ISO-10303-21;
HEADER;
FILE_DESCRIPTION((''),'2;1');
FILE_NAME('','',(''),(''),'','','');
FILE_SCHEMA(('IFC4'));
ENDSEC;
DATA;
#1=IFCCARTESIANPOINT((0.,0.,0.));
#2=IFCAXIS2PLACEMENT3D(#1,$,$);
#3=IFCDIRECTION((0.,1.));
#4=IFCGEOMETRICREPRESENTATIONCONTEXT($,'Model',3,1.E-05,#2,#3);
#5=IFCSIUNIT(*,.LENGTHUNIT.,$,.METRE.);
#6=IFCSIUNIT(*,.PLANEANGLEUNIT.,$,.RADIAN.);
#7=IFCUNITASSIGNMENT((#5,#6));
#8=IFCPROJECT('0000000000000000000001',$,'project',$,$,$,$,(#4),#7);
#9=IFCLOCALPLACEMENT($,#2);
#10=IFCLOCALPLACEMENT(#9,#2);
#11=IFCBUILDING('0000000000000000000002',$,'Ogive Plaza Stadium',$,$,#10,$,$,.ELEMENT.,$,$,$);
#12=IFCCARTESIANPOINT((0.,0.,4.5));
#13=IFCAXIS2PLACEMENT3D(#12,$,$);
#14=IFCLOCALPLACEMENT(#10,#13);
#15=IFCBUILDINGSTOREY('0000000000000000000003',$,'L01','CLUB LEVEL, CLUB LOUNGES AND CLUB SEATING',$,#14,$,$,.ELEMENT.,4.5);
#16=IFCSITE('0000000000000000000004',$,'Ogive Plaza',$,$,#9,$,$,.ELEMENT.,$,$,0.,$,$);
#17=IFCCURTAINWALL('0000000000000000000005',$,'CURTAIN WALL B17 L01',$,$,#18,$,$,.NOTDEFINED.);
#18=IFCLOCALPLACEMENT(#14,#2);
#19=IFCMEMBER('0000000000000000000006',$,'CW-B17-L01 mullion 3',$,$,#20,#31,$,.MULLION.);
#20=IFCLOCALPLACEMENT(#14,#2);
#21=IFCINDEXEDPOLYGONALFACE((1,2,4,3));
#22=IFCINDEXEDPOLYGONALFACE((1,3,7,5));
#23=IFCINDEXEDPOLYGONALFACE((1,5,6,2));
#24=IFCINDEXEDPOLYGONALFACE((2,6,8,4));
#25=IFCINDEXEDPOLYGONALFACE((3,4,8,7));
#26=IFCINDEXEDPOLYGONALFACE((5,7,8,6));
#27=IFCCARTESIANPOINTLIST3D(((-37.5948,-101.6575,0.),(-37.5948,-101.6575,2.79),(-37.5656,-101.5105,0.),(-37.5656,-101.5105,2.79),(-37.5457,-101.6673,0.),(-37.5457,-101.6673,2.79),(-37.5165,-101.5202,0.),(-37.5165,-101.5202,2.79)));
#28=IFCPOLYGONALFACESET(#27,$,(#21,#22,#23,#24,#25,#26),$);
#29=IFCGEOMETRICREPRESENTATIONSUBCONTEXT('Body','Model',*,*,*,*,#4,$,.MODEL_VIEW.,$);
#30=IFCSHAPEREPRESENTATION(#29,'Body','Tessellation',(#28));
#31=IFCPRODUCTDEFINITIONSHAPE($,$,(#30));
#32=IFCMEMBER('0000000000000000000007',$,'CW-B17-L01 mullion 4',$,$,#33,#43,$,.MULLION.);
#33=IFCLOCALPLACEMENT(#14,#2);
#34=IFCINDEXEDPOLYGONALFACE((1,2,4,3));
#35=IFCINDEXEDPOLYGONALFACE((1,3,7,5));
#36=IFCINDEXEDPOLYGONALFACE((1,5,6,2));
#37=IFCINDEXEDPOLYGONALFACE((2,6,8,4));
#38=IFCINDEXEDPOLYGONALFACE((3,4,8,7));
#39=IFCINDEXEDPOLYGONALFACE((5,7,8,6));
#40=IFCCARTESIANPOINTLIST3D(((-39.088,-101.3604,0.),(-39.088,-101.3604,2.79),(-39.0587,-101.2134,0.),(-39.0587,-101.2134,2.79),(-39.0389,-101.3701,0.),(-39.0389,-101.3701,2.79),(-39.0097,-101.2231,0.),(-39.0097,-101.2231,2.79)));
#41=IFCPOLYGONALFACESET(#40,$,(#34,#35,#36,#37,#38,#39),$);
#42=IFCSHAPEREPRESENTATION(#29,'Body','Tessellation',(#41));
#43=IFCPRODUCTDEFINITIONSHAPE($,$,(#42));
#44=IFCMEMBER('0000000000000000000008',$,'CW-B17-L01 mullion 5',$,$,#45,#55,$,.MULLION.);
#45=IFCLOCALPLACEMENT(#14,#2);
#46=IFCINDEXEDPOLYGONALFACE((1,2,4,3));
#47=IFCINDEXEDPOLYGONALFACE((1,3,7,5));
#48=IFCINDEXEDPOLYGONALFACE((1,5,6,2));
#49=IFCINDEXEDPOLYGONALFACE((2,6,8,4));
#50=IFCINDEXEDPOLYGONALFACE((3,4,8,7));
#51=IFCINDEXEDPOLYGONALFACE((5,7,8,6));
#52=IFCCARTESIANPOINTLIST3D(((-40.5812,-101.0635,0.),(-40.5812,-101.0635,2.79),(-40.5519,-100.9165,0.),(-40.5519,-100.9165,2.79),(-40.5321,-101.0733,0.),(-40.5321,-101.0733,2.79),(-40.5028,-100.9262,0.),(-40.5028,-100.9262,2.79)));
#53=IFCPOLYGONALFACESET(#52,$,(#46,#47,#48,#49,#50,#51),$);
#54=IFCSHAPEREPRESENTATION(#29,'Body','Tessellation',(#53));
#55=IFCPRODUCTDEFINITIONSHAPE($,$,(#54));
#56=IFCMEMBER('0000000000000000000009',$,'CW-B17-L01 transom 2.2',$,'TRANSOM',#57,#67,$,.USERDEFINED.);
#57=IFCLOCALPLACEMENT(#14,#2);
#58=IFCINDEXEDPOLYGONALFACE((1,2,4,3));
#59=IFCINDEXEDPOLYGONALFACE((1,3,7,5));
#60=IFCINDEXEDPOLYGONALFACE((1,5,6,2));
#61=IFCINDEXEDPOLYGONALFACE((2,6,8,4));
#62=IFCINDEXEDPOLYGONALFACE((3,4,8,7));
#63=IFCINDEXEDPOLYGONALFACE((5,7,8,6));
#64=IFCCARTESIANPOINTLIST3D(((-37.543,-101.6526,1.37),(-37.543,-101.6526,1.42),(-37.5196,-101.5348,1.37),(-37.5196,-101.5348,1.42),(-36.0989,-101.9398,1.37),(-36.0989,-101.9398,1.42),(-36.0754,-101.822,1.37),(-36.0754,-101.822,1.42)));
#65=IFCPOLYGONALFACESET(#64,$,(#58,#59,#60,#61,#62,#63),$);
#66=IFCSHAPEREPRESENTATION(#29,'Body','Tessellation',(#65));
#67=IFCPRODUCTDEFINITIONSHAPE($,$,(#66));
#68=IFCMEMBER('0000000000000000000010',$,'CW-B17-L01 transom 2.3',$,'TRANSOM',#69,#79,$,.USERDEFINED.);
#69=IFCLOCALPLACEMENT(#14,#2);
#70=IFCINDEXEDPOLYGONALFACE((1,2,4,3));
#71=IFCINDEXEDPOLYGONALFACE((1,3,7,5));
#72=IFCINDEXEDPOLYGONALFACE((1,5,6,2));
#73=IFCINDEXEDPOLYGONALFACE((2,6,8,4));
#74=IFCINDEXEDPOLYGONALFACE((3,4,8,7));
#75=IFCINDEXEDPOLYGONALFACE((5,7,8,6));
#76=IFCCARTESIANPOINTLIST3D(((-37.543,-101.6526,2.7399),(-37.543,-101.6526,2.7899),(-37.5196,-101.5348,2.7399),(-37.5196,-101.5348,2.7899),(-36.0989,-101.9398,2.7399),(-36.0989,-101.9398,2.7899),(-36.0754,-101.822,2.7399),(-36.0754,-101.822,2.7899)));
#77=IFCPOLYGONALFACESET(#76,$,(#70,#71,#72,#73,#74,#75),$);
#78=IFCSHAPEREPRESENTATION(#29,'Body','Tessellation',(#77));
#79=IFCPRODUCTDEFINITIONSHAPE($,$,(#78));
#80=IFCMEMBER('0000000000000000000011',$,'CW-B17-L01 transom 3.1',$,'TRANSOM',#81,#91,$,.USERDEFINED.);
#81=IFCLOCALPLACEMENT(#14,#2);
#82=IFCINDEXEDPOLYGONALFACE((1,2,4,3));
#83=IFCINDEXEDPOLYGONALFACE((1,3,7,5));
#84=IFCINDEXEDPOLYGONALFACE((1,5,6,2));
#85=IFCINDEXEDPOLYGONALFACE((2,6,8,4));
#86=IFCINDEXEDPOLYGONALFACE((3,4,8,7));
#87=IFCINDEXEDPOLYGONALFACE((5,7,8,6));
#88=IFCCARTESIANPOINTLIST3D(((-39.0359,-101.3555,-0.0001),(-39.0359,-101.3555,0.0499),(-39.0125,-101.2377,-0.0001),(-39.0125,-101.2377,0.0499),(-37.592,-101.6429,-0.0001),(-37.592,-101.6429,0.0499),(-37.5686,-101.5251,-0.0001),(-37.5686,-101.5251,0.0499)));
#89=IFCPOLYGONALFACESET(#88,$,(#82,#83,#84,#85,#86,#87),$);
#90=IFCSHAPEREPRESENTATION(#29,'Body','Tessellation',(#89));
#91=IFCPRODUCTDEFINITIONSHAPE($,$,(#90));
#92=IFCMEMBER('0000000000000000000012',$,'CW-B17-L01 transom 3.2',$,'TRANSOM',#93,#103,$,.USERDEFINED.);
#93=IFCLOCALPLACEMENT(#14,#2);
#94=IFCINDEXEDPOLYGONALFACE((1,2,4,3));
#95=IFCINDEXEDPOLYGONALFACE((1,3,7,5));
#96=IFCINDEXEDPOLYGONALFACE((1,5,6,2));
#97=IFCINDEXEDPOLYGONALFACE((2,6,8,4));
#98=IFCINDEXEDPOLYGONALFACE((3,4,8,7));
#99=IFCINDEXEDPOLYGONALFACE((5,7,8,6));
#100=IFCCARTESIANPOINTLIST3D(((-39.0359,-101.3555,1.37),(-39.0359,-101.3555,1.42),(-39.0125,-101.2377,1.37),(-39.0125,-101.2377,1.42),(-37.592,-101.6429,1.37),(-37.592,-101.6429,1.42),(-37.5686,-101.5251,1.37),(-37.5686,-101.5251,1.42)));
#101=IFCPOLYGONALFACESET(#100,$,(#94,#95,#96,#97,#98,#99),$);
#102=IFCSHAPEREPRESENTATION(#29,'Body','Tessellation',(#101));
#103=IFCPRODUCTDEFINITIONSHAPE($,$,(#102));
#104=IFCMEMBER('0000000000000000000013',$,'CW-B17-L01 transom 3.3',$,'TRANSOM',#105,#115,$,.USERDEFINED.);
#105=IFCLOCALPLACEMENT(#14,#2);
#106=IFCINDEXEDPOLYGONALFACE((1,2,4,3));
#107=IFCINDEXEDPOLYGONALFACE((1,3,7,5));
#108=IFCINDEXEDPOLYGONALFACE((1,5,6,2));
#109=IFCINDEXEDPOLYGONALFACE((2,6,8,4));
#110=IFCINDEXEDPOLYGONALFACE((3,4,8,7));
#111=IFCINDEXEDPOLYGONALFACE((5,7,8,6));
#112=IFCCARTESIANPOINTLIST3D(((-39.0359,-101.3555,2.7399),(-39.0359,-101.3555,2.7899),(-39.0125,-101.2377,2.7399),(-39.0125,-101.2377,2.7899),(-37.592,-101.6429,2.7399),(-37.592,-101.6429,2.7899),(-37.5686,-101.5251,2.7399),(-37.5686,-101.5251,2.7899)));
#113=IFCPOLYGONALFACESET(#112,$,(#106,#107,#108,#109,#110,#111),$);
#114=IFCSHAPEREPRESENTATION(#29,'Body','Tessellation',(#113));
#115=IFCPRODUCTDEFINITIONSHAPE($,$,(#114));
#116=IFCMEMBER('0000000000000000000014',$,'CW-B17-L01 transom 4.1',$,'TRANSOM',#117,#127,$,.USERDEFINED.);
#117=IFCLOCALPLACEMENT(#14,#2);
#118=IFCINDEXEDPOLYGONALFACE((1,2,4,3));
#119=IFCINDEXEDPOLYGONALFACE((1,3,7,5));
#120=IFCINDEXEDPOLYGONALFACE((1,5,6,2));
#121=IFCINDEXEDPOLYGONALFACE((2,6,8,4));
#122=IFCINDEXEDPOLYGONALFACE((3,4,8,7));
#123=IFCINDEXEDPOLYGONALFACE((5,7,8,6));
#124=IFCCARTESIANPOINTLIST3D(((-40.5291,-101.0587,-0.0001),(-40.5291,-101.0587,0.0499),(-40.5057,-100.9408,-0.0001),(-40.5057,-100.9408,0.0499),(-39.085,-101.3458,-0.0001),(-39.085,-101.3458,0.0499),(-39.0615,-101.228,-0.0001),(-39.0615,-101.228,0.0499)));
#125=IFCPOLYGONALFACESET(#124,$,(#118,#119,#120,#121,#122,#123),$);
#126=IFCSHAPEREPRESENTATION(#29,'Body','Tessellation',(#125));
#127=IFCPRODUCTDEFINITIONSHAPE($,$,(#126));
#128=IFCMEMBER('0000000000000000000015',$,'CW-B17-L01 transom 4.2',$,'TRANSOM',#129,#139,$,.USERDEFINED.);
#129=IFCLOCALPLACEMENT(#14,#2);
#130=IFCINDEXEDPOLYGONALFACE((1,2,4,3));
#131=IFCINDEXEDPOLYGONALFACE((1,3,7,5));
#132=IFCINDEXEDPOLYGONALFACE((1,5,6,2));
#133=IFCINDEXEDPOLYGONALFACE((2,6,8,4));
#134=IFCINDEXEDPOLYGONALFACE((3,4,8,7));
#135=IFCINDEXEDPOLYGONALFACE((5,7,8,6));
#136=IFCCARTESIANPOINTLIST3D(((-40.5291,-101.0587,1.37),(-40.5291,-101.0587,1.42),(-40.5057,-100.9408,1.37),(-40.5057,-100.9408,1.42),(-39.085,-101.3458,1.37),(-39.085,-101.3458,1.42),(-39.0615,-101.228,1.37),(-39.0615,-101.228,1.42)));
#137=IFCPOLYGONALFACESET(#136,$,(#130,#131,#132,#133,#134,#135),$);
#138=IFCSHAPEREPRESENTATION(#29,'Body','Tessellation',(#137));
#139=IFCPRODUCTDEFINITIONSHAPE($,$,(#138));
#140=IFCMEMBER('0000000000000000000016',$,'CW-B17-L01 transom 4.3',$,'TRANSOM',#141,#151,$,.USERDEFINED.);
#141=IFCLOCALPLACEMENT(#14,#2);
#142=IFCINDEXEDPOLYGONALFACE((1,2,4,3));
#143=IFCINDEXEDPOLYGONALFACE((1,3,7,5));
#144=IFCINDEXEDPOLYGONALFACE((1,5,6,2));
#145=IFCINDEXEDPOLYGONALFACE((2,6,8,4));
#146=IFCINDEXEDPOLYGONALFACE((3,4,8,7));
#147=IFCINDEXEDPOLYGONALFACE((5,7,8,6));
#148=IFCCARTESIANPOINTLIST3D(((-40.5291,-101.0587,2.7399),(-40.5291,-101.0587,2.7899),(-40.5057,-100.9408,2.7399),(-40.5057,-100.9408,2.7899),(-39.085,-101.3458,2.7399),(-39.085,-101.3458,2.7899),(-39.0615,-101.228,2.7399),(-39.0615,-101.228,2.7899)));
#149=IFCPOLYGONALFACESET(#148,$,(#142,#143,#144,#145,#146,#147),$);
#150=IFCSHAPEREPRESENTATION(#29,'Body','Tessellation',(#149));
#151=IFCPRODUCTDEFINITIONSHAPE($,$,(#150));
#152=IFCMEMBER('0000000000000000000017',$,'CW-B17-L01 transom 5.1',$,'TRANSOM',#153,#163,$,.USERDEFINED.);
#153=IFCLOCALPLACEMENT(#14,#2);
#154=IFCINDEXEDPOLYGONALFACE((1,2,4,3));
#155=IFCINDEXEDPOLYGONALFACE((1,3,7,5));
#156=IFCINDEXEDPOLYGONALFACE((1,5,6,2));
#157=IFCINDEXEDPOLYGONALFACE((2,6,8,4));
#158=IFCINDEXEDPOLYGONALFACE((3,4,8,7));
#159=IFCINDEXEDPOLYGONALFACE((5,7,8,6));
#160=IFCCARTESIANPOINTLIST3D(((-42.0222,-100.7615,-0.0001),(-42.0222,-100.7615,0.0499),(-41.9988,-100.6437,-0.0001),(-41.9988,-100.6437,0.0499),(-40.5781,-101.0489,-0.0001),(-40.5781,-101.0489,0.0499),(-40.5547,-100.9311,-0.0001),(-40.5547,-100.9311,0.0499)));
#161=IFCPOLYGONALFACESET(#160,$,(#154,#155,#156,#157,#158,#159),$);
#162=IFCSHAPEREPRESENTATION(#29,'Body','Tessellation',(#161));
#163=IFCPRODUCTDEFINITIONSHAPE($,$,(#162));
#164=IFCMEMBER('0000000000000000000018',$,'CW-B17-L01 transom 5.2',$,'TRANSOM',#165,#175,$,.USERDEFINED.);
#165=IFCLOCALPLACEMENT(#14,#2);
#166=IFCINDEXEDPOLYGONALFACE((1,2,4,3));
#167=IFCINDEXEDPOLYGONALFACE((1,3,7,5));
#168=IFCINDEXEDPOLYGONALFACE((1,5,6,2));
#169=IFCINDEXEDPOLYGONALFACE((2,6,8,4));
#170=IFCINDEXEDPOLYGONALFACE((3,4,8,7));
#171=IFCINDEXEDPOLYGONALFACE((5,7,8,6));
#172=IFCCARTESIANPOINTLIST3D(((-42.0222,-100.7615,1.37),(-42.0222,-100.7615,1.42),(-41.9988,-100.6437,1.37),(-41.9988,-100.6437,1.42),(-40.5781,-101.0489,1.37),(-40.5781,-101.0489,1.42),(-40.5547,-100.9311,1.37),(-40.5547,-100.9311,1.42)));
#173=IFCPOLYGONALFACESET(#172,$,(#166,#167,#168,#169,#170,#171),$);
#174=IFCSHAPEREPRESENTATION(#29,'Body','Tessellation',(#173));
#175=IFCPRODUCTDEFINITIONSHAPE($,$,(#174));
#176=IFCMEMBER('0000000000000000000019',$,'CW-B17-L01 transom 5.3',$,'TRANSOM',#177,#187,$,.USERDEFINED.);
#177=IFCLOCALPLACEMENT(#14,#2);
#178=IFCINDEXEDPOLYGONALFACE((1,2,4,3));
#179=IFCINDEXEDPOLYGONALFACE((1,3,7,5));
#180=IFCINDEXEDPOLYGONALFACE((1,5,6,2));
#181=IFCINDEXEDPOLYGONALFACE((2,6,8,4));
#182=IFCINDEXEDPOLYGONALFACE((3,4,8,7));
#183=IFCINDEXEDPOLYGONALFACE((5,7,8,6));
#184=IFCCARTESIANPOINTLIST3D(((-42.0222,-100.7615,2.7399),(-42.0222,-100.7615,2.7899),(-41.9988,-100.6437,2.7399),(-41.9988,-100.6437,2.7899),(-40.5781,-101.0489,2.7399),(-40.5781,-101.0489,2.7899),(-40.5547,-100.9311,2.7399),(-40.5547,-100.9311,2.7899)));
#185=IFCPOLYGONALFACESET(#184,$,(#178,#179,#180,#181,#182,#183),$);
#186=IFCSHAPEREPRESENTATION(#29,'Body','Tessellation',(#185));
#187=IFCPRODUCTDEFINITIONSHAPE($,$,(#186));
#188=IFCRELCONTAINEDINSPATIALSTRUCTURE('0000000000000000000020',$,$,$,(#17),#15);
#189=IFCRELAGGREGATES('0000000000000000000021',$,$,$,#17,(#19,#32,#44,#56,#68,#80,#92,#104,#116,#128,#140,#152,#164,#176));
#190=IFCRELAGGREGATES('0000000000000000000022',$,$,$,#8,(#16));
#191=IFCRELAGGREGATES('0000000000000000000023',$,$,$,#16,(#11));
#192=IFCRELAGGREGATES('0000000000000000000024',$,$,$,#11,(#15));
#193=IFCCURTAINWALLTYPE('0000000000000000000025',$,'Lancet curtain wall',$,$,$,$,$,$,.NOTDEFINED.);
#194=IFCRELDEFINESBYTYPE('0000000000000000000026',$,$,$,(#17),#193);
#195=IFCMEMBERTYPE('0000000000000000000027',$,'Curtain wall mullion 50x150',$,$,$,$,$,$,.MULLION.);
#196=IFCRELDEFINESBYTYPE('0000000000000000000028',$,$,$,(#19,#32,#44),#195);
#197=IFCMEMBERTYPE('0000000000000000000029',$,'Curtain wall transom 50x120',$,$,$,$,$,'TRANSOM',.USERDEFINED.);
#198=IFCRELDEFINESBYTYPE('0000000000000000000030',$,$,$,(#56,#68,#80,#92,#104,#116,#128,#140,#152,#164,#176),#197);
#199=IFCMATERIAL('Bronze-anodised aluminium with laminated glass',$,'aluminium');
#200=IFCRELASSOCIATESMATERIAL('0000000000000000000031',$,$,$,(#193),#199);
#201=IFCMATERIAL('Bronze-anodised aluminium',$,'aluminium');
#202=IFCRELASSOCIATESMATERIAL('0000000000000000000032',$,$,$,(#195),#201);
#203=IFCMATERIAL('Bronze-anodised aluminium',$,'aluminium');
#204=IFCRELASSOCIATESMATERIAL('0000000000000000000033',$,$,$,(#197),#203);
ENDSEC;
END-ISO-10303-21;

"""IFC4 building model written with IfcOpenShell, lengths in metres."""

from ifc_helpers import new_model, si_unit, direction, frame, origin, origin_2d, place, context, subcontext, project, spatial, rectangle, extrude, material, material_profile, profile_set, type_object, element, aggregate, save


model = new_model("IFC4")

# Units and contexts
model_context = context("Model", 3, precision=1e-05, world=origin(), true_north=direction((0.0, 1.0)))
body_context = subcontext(model_context, "Body", "Model", "MODEL_VIEW")
ifc_project = project(units=[si_unit("LENGTHUNIT", "METRE"), si_unit("PLANEANGLEUNIT", "RADIAN")], contexts=[model_context])

# Site, building, storey
site_placement = place(None, origin())
site = spatial("IfcSite", under=ifc_project, at=site_placement, Name="Ogive Plaza", CompositionType="ELEMENT", RefElevation=0.0)
building_placement = place(site_placement, origin())
building = spatial("IfcBuilding", under=site, at=building_placement, Name="Ogive Plaza Stadium", CompositionType="ELEMENT")
storey_placement = place(building_placement, frame((0.0, 0.0, 4.5)))
storey = spatial("IfcBuildingStorey", under=building, at=storey_placement, Name="L01", Description="CLUB LEVEL, CLUB LOUNGES AND CLUB SEATING", CompositionType="ELEMENT", Elevation=4.5)

# Curtain wall, members
ifc_material_1 = material(Name="Bronze-anodised aluminium with laminated glass", Category="aluminium")
curtain_wall_type = type_object("IfcCurtainWallType", Name="Lancet curtain wall", PredefinedType="NOTDEFINED", material=ifc_material_1)
curtain_wall_placement = place(storey_placement, origin())
curtain_wall = element("IfcCurtainWall", 1, at=curtain_wall_placement, inside=storey, type_object=curtain_wall_type, Name="CURTAIN WALL B17 L01", PredefinedType="NOTDEFINED")
ifc_material_2 = material(Name="Bronze-anodised aluminium", Category="aluminium")
ifc_material_profile_1 = material_profile(ifc_material_2, rectangle(XDim=0.1499, YDim=0.05, at=origin_2d()), Name="AL 150x50")
ifc_profile_set_1 = profile_set([ifc_material_profile_1], Name="Bronze-anodised aluminium")
member_type_1 = type_object("IfcMemberType", Name="Curtain wall mullion 50x150", PredefinedType="MULLION", material=ifc_profile_set_1)
member_1_placement = place(storey_placement, frame((-37.5557, -101.5889, 0.0), z_axis=(0.0, 0.0, 1.0), x_axis=(-0.19509, -0.980785, 0.0)))
member_1 = element("IfcMember", 2, at=member_1_placement, type_object=member_type_1, Name="CW-B17-L01 mullion 3", PredefinedType="MULLION", context=body_context, shape_type="SweptSolid", body=[
    extrude(rectangle(XDim=0.1499, YDim=0.05, at=origin_2d()), origin(), (0.0, 0.0, 1.0), 2.79),
])
member_2_placement = place(storey_placement, frame((-39.0488, -101.2917, 0.0), z_axis=(0.0, 0.0, 1.0), x_axis=(-0.19509, -0.980785, 0.0)))
member_2 = element("IfcMember", 3, at=member_2_placement, type_object=member_type_1, Name="CW-B17-L01 mullion 4", PredefinedType="MULLION", context=body_context, shape_type="SweptSolid", body=[
    extrude(rectangle(XDim=0.1499, YDim=0.05, at=origin_2d()), origin(), (0.0, 0.0, 1.0), 2.79),
])
member_3_placement = place(storey_placement, frame((-40.542, -100.9949, 0.0), z_axis=(0.0, 0.0, 1.0), x_axis=(-0.19509, -0.980785, 0.0)))
member_3 = element("IfcMember", 4, at=member_3_placement, type_object=member_type_1, Name="CW-B17-L01 mullion 5", PredefinedType="MULLION", context=body_context, shape_type="SweptSolid", body=[
    extrude(rectangle(XDim=0.1499, YDim=0.05, at=origin_2d()), origin(), (0.0, 0.0, 1.0), 2.79),
])
ifc_material_3 = material(Name="Bronze-anodised aluminium", Category="aluminium")
ifc_material_profile_2 = material_profile(ifc_material_3, rectangle(XDim=0.1201, YDim=0.05, at=origin_2d()), Name="AL 120x50")
ifc_profile_set_2 = profile_set([ifc_material_profile_2], Name="Bronze-anodised aluminium")
member_type_2 = type_object("IfcMemberType", Name="Curtain wall transom 50x120", ElementType="TRANSOM", PredefinedType="USERDEFINED", material=ifc_profile_set_2)
member_4_placement = place(storey_placement, frame((-36.0872, -101.8809, 1.395), z_axis=(-0.980803, 0.195, 0.0), x_axis=(-0.195, -0.980803, 0.0)))
member_4 = element("IfcMember", 5, at=member_4_placement, type_object=member_type_2, Name="CW-B17-L01 transom 2.2", ObjectType="TRANSOM", PredefinedType="USERDEFINED", context=body_context, shape_type="SweptSolid", body=[
    extrude(rectangle(XDim=0.1201, YDim=0.05, at=origin_2d()), origin(), (0.0, 0.0, 1.0), 1.4724),
])
member_5_placement = place(storey_placement, frame((-36.0872, -101.8809, 2.7649), z_axis=(-0.980803, 0.195, 0.0), x_axis=(-0.195, -0.980803, 0.0)))
member_5 = element("IfcMember", 6, at=member_5_placement, type_object=member_type_2, Name="CW-B17-L01 transom 2.3", ObjectType="TRANSOM", PredefinedType="USERDEFINED", context=body_context, shape_type="SweptSolid", body=[
    extrude(rectangle(XDim=0.1201, YDim=0.05, at=origin_2d()), origin(), (0.0, 0.0, 1.0), 1.4724),
])
member_6_placement = place(storey_placement, frame((-37.5803, -101.584, 0.0249), z_axis=(-0.980765, 0.195191, 0.0), x_axis=(-0.195191, -0.980765, 0.0)))
member_6 = element("IfcMember", 7, at=member_6_placement, type_object=member_type_2, Name="CW-B17-L01 transom 3.1", ObjectType="TRANSOM", PredefinedType="USERDEFINED", context=body_context, shape_type="SweptSolid", body=[
    extrude(rectangle(XDim=0.1201, YDim=0.05, at=origin_2d()), origin(), (0.0, 0.0, 1.0), 1.4722),
])
member_7_placement = place(storey_placement, frame((-37.5803, -101.584, 1.395), z_axis=(-0.980765, 0.195191, 0.0), x_axis=(-0.195191, -0.980765, 0.0)))
member_7 = element("IfcMember", 8, at=member_7_placement, type_object=member_type_2, Name="CW-B17-L01 transom 3.2", ObjectType="TRANSOM", PredefinedType="USERDEFINED", context=body_context, shape_type="SweptSolid", body=[
    extrude(rectangle(XDim=0.1201, YDim=0.05, at=origin_2d()), origin(), (0.0, 0.0, 1.0), 1.4722),
])
member_8_placement = place(storey_placement, frame((-37.5803, -101.584, 2.7649), z_axis=(-0.980765, 0.195191, 0.0), x_axis=(-0.195191, -0.980765, 0.0)))
member_8 = element("IfcMember", 9, at=member_8_placement, type_object=member_type_2, Name="CW-B17-L01 transom 3.3", ObjectType="TRANSOM", PredefinedType="USERDEFINED", context=body_context, shape_type="SweptSolid", body=[
    extrude(rectangle(XDim=0.1201, YDim=0.05, at=origin_2d()), origin(), (0.0, 0.0, 1.0), 1.4722),
])
member_9_placement = place(storey_placement, frame((-39.0732, -101.2869, 0.0249), z_axis=(-0.980803, 0.195, 0.0), x_axis=(-0.195, -0.980803, 0.0)))
member_9 = element("IfcMember", 10, at=member_9_placement, type_object=member_type_2, Name="CW-B17-L01 transom 4.1", ObjectType="TRANSOM", PredefinedType="USERDEFINED", context=body_context, shape_type="SweptSolid", body=[
    extrude(rectangle(XDim=0.1201, YDim=0.05, at=origin_2d()), origin(), (0.0, 0.0, 1.0), 1.4724),
])
member_10_placement = place(storey_placement, frame((-39.0732, -101.2869, 1.395), z_axis=(-0.980803, 0.195, 0.0), x_axis=(-0.195, -0.980803, 0.0)))
member_10 = element("IfcMember", 11, at=member_10_placement, type_object=member_type_2, Name="CW-B17-L01 transom 4.2", ObjectType="TRANSOM", PredefinedType="USERDEFINED", context=body_context, shape_type="SweptSolid", body=[
    extrude(rectangle(XDim=0.1201, YDim=0.05, at=origin_2d()), origin(), (0.0, 0.0, 1.0), 1.4724),
])
member_11_placement = place(storey_placement, frame((-39.0732, -101.2869, 2.7649), z_axis=(-0.980803, 0.195, 0.0), x_axis=(-0.195, -0.980803, 0.0)))
member_11 = element("IfcMember", 12, at=member_11_placement, type_object=member_type_2, Name="CW-B17-L01 transom 4.3", ObjectType="TRANSOM", PredefinedType="USERDEFINED", context=body_context, shape_type="SweptSolid", body=[
    extrude(rectangle(XDim=0.1201, YDim=0.05, at=origin_2d()), origin(), (0.0, 0.0, 1.0), 1.4724),
])
member_12_placement = place(storey_placement, frame((-40.5664, -100.99, 0.0249), z_axis=(-0.980772, 0.195159, 0.0), x_axis=(-0.195159, -0.980772, 0.0)))
member_12 = element("IfcMember", 13, at=member_12_placement, type_object=member_type_2, Name="CW-B17-L01 transom 5.1", ObjectType="TRANSOM", PredefinedType="USERDEFINED", context=body_context, shape_type="SweptSolid", body=[
    extrude(rectangle(XDim=0.1201, YDim=0.05, at=origin_2d()), origin(), (0.0, 0.0, 1.0), 1.4724),
])
member_13_placement = place(storey_placement, frame((-40.5664, -100.99, 1.395), z_axis=(-0.980772, 0.195159, 0.0), x_axis=(-0.195159, -0.980772, 0.0)))
member_13 = element("IfcMember", 14, at=member_13_placement, type_object=member_type_2, Name="CW-B17-L01 transom 5.2", ObjectType="TRANSOM", PredefinedType="USERDEFINED", context=body_context, shape_type="SweptSolid", body=[
    extrude(rectangle(XDim=0.1201, YDim=0.05, at=origin_2d()), origin(), (0.0, 0.0, 1.0), 1.4724),
])
member_14_placement = place(storey_placement, frame((-40.5664, -100.99, 2.7649), z_axis=(-0.980772, 0.195159, 0.0), x_axis=(-0.195159, -0.980772, 0.0)))
member_14 = element("IfcMember", 15, at=member_14_placement, type_object=member_type_2, Name="CW-B17-L01 transom 5.3", ObjectType="TRANSOM", PredefinedType="USERDEFINED", context=body_context, shape_type="SweptSolid", body=[
    extrude(rectangle(XDim=0.1201, YDim=0.05, at=origin_2d()), origin(), (0.0, 0.0, 1.0), 1.4724),
])
aggregate(curtain_wall, [member_1, member_2, member_3, member_4, member_5, member_6, member_7, member_8, member_9, member_10, member_11, member_12, member_13, member_14])

save(model, "model.ifc")
